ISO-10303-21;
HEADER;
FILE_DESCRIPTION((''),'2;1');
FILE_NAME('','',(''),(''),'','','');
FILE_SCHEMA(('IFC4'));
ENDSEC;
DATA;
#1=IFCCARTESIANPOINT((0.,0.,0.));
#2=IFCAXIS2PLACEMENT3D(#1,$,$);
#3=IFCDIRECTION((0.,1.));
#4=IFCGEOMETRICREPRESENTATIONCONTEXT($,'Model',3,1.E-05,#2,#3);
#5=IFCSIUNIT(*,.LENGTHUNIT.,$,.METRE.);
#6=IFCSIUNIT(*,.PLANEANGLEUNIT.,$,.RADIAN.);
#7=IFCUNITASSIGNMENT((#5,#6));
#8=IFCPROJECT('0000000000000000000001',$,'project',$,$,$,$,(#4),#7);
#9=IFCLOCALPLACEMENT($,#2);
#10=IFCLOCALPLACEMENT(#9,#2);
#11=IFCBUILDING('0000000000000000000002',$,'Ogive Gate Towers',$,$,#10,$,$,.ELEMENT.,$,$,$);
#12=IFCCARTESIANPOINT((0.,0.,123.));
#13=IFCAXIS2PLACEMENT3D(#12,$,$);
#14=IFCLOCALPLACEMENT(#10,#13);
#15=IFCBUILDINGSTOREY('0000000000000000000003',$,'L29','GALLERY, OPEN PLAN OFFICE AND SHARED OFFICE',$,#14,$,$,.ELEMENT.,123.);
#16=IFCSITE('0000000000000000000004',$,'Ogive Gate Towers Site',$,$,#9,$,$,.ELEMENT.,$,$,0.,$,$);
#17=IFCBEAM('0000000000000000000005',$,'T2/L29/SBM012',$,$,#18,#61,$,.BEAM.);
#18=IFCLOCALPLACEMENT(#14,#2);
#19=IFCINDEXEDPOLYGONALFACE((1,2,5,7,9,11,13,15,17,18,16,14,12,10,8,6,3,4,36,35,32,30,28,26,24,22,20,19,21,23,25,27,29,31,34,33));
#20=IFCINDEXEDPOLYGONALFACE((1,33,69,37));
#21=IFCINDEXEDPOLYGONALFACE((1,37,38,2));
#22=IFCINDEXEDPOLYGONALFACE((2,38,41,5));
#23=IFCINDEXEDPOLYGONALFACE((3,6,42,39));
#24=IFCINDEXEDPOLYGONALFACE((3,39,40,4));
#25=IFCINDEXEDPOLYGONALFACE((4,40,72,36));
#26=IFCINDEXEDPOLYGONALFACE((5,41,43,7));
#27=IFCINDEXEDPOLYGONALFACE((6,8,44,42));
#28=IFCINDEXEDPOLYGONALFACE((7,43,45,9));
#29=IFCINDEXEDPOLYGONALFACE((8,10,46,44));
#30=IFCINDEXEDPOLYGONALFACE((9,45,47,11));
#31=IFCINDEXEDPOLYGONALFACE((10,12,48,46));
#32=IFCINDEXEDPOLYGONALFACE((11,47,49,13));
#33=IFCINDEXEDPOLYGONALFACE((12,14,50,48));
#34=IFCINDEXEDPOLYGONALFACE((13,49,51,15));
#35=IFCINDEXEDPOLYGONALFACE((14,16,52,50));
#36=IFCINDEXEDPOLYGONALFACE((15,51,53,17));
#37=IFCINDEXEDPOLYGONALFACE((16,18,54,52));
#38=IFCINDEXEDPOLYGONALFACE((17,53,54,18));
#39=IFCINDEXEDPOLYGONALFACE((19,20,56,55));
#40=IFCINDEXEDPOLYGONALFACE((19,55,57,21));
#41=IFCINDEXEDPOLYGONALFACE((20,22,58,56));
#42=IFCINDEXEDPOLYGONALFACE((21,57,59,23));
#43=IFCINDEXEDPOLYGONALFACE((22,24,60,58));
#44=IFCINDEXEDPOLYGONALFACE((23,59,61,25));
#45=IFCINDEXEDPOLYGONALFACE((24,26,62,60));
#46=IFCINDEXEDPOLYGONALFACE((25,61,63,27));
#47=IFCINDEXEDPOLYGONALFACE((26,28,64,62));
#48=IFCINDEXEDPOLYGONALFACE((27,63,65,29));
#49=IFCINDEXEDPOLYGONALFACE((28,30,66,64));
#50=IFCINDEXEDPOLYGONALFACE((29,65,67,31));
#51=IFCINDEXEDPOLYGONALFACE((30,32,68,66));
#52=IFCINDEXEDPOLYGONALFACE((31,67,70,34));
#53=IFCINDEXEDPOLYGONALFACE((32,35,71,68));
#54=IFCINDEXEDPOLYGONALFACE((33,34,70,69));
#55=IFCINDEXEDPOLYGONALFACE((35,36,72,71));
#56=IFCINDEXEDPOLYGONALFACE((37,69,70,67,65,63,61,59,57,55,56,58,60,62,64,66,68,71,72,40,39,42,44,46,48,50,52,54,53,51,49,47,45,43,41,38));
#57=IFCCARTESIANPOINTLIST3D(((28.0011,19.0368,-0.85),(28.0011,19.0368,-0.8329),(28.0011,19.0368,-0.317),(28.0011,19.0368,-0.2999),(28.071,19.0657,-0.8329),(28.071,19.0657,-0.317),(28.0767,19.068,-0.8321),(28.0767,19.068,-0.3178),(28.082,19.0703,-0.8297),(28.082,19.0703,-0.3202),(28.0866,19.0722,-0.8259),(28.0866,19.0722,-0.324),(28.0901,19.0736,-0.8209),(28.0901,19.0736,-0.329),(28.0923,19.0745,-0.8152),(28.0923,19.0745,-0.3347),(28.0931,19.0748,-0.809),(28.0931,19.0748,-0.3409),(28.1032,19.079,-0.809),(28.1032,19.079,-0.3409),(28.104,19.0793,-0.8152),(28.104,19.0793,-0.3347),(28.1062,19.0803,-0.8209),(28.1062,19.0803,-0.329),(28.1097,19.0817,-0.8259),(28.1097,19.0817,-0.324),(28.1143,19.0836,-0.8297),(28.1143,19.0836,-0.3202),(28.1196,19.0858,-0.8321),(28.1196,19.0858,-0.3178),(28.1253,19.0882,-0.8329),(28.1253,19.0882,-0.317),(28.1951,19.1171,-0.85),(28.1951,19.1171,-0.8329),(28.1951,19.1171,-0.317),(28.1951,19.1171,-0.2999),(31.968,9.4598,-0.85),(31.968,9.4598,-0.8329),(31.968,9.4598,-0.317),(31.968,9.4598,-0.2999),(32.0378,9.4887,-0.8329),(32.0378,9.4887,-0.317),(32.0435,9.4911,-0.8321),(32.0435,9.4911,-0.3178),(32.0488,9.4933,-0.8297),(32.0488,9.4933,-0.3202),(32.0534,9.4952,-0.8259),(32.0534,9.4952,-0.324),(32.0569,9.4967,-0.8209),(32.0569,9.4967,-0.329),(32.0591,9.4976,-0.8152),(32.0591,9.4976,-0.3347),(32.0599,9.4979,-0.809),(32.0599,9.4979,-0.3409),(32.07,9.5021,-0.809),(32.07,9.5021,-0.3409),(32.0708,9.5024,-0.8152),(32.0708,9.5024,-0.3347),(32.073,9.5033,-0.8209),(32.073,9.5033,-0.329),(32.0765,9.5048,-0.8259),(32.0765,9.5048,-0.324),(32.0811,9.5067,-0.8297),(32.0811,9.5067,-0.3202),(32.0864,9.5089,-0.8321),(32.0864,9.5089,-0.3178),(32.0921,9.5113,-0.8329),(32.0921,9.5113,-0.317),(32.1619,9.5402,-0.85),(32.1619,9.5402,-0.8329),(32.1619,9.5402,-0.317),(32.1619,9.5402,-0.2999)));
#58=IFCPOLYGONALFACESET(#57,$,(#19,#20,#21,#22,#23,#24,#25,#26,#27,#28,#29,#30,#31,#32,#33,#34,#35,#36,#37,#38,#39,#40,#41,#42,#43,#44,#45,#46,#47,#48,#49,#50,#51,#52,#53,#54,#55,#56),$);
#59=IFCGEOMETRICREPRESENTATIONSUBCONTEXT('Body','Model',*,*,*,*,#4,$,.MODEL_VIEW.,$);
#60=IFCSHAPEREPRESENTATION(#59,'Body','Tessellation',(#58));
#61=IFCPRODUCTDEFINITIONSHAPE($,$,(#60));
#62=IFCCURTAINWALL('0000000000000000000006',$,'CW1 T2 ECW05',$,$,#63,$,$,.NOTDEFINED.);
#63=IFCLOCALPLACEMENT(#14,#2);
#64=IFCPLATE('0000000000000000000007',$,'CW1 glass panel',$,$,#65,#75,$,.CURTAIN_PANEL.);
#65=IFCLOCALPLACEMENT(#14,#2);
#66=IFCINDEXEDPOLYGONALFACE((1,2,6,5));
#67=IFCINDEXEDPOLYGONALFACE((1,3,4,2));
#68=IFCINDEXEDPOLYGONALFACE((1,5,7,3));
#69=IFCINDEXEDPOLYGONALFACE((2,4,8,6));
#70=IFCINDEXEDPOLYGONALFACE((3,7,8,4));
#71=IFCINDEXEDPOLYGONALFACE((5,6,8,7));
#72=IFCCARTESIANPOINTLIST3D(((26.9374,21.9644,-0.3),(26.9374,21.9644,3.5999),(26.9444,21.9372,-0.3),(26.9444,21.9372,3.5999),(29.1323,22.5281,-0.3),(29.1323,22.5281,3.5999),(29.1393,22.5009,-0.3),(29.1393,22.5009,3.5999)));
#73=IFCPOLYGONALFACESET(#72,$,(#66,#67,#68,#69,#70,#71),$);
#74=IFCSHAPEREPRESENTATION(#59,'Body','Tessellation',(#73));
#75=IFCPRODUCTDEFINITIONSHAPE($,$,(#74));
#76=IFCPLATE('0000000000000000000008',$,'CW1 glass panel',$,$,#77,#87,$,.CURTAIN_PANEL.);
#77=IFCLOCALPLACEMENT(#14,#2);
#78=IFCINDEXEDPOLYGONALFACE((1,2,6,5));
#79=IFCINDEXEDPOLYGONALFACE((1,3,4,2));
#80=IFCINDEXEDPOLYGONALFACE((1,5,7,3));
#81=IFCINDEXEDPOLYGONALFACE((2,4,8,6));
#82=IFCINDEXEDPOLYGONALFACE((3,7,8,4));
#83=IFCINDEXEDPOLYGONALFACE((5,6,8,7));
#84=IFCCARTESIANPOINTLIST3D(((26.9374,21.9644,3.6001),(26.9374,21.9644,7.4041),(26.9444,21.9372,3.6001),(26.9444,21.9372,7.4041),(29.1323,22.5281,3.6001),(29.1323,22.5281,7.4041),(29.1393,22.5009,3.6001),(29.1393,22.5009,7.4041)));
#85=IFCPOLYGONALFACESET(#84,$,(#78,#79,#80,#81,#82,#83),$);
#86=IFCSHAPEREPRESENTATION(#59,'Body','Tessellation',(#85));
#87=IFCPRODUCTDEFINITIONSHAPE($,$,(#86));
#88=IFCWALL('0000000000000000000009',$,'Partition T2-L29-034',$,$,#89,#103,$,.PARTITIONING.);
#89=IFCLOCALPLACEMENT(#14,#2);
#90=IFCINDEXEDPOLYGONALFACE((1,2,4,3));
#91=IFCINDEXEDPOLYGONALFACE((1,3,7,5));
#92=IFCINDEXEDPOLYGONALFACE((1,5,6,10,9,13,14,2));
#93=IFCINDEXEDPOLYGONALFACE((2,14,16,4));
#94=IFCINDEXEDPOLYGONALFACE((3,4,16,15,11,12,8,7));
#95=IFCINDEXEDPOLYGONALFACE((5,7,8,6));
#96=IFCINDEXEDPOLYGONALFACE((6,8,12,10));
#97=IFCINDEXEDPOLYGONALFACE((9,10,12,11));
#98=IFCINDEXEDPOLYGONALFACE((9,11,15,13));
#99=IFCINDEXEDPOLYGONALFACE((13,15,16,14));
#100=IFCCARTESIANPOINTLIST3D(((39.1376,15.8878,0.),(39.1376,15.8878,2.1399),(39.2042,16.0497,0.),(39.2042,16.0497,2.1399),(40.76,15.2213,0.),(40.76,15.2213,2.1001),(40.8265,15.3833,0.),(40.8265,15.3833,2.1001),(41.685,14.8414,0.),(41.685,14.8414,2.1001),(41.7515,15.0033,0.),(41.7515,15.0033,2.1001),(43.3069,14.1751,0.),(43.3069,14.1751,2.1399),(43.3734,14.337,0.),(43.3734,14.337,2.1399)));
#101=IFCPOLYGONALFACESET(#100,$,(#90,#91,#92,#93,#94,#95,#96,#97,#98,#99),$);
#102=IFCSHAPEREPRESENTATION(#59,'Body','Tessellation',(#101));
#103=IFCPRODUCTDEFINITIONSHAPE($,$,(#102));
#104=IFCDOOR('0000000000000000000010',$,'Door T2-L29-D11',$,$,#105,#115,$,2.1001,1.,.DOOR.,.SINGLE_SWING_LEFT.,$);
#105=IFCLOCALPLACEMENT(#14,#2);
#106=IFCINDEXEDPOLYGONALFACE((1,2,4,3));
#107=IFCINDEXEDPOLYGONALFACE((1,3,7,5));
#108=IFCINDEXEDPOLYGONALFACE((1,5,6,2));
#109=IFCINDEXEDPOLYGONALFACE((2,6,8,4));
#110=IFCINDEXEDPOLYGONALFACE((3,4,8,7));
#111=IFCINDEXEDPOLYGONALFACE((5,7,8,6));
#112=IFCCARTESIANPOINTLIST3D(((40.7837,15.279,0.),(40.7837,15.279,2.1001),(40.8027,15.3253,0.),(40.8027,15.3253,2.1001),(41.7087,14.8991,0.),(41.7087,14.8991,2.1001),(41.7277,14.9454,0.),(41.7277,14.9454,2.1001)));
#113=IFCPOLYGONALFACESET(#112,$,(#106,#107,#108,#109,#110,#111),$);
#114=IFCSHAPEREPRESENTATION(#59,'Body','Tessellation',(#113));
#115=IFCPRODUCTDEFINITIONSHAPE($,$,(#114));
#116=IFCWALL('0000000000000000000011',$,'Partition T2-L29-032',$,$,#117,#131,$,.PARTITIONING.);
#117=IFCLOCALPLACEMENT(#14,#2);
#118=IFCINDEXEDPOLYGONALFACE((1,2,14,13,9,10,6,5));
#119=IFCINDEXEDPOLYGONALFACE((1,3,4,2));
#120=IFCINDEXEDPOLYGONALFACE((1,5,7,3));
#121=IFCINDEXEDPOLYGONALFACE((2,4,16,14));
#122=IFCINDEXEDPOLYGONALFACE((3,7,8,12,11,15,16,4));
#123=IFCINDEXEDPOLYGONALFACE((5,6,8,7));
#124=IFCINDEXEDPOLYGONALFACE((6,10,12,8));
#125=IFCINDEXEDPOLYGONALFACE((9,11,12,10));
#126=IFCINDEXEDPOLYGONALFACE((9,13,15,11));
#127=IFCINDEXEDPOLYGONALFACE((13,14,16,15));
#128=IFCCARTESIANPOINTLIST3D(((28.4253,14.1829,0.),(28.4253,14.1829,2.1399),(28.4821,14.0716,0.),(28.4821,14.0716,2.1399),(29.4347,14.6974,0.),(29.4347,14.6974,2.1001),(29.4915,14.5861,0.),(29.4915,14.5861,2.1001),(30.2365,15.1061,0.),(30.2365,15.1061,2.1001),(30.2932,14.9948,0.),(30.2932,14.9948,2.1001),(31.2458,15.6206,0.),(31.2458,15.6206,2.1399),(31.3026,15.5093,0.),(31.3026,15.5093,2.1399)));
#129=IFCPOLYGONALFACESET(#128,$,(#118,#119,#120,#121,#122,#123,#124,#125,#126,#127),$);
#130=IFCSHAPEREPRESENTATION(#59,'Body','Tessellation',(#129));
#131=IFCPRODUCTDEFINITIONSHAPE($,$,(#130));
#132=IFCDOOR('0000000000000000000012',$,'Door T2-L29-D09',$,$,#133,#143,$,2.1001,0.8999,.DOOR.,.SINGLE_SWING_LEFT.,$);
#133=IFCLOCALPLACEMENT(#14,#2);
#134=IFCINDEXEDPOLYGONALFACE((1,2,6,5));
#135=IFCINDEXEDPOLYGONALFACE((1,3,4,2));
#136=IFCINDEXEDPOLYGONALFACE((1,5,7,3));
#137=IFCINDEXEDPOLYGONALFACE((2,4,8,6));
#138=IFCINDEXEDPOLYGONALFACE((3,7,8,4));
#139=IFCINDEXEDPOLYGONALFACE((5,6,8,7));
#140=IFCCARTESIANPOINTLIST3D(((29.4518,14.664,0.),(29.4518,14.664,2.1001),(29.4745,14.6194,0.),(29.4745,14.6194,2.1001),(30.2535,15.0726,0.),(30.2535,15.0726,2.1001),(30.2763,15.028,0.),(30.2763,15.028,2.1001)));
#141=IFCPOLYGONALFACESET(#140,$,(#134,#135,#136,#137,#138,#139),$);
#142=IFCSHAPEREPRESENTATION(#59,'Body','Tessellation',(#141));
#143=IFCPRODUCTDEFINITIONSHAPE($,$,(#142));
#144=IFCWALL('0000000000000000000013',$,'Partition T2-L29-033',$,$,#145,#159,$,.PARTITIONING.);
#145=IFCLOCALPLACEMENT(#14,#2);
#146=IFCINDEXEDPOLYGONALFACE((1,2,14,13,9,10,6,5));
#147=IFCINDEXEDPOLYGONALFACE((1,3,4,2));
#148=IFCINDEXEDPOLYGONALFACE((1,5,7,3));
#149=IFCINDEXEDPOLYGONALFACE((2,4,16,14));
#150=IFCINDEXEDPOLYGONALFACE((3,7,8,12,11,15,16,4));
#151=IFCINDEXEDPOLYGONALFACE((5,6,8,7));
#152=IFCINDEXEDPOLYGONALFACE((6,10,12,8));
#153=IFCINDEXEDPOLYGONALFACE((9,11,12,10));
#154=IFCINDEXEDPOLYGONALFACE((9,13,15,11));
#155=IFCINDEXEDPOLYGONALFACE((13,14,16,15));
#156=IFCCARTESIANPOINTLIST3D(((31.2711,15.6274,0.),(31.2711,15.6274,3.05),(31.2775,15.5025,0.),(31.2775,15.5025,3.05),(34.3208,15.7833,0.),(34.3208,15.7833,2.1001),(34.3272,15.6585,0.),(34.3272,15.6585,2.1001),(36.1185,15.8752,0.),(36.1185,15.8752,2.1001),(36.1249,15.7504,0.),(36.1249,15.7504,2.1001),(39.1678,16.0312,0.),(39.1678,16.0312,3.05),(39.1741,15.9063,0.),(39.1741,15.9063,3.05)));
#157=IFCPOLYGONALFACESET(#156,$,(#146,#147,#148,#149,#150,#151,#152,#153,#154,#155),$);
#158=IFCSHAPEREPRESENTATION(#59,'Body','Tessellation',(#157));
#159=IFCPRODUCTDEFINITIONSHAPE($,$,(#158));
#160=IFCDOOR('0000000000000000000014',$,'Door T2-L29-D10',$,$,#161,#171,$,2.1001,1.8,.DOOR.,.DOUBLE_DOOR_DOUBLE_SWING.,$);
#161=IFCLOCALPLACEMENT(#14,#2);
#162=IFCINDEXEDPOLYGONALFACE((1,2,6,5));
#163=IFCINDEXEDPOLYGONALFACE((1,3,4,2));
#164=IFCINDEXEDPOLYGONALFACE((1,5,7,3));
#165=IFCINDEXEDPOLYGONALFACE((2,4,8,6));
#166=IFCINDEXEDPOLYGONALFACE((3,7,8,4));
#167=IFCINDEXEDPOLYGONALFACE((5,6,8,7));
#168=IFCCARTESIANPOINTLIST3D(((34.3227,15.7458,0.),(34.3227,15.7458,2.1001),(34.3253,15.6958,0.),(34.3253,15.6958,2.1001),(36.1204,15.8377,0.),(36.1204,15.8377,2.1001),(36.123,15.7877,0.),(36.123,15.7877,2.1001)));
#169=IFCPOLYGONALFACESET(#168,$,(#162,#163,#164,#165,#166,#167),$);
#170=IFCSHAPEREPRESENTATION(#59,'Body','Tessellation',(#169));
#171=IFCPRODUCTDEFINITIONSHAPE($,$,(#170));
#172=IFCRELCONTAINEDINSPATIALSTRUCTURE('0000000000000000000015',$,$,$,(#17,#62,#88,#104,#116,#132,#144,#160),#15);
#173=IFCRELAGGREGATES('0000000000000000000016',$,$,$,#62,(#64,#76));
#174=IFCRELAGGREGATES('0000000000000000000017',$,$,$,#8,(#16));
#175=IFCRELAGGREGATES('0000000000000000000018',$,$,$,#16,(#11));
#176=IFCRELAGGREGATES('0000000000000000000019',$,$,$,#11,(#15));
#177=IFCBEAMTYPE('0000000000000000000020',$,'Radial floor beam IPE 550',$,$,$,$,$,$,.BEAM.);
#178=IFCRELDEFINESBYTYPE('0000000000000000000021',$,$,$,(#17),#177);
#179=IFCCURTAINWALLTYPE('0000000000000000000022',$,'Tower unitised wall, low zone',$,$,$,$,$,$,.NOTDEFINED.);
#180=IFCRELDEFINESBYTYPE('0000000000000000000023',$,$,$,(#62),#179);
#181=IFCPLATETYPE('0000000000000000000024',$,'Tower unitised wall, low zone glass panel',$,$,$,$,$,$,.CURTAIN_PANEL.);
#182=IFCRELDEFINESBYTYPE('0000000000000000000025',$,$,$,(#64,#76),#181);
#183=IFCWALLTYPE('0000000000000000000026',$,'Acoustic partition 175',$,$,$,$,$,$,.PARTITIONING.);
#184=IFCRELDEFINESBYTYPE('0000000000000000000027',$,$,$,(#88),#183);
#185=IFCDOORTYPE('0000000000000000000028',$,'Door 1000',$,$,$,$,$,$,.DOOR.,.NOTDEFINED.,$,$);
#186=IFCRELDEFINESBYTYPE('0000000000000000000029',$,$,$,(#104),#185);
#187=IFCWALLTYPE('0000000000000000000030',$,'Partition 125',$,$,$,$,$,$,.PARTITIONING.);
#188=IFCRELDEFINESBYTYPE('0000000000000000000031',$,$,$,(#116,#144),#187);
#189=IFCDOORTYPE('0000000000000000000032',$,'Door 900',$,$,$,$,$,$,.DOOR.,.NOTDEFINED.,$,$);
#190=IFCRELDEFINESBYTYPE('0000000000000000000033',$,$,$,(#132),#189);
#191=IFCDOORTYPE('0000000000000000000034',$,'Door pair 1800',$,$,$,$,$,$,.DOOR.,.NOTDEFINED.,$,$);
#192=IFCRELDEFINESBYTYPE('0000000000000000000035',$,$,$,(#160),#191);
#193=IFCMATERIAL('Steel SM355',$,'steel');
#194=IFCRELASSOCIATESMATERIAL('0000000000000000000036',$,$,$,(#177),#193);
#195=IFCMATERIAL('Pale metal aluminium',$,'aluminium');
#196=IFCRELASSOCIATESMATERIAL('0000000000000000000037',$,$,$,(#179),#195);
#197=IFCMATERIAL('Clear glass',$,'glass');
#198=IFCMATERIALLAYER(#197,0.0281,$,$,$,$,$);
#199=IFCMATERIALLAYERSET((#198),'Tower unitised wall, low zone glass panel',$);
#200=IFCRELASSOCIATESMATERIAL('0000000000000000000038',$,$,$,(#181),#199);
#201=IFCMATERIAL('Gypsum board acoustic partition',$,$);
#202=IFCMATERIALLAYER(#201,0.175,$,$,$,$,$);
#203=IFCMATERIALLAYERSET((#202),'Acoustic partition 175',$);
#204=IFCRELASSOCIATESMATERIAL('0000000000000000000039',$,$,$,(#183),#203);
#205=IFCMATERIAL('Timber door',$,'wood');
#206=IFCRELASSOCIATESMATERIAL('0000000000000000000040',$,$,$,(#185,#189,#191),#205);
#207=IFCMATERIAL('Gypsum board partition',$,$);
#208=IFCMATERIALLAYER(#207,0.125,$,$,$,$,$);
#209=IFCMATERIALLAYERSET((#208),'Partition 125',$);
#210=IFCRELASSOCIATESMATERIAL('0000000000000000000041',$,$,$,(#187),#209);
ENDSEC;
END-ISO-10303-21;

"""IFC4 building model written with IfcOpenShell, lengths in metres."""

from ifc_helpers import new_model, si_unit, direction, frame, frame_2d, origin, origin_2d, place, context, subcontext, project, spatial, rectangle, i_section, extrude, material, layer, layer_set, material_profile, profile_set, type_object, element, fill, aggregate, save


model = new_model("IFC4")

# Units and contexts
model_context = context("Model", 3, precision=1e-05, world=origin(), true_north=direction((0.0, 1.0)))
body_context = subcontext(model_context, "Body", "Model", "MODEL_VIEW")
ifc_project = project(units=[si_unit("LENGTHUNIT", "METRE"), si_unit("PLANEANGLEUNIT", "RADIAN")], contexts=[model_context])

# Site, building, storey
site_placement = place(None, origin())
site = spatial("IfcSite", under=ifc_project, at=site_placement, Name="Ogive Gate Towers Site", CompositionType="ELEMENT", RefElevation=0.0)
building_placement = place(site_placement, origin())
building = spatial("IfcBuilding", under=site, at=building_placement, Name="Ogive Gate Towers", CompositionType="ELEMENT")
storey_placement = place(building_placement, frame((0.0, 0.0, 123.0)))
storey = spatial("IfcBuildingStorey", under=building, at=storey_placement, Name="L29", Description="GALLERY, OPEN PLAN OFFICE AND SHARED OFFICE", CompositionType="ELEMENT", Elevation=123.0)

# Beam
ifc_material_1 = material(Name="Steel SM355", Category="steel")
ifc_material_profile_1 = material_profile(ifc_material_1, i_section(OverallWidth=0.21, OverallDepth=0.55, WebThickness=0.011, FlangeThickness=0.0171, FilletRadius=0.0239, at=origin_2d()), Name="IPE 550")
ifc_profile_set_1 = profile_set([ifc_material_profile_1], Name="Steel SM355")
beam_type_1 = type_object("IfcBeamType", Name="Radial floor beam IPE 550", PredefinedType="BEAM", material=ifc_profile_set_1)
beam_1_placement = place(storey_placement, frame((32.0649, 9.5, -0.575), z_axis=(-0.382676, 0.923882, 0.0), x_axis=(-0.923882, -0.382676, 0.0)))
element("IfcBeam", 1, at=beam_1_placement, inside=storey, type_object=beam_type_1, Name="T2/L29/SBM012", PredefinedType="BEAM", context=body_context, shape_type="SweptSolid", body=[
    extrude(i_section(OverallWidth=0.21, OverallDepth=0.55, WebThickness=0.011, FlangeThickness=0.0171, FilletRadius=0.0239, at=origin_2d()), origin(), (0.0, 0.0, 1.0), 10.366),
])

# Curtain wall, plates
ifc_material_2 = material(Name="Pale metal aluminium", Category="aluminium")
curtain_wall_type = type_object("IfcCurtainWallType", Name="Tower unitised wall, low zone", PredefinedType="NOTDEFINED", material=ifc_material_2)
curtain_wall_placement = place(storey_placement, origin())
curtain_wall = element("IfcCurtainWall", 2, at=curtain_wall_placement, inside=storey, type_object=curtain_wall_type, Name="CW1 T2 ECW05", PredefinedType="NOTDEFINED")
ifc_material_3 = material(Name="Clear glass", Category="glass")
ifc_layer_1 = layer(ifc_material_3, 0.0281)
ifc_layer_set_1 = layer_set([ifc_layer_1], Name="Tower unitised wall, low zone glass panel")
plate_type = type_object("IfcPlateType", Name="Tower unitised wall, low zone glass panel", PredefinedType="CURTAIN_PANEL", material=ifc_layer_set_1)
plate_1_placement = place(storey_placement, frame((28.0383, 22.2327, -0.3), z_axis=(0.0, 0.0, 1.0), x_axis=(0.968561, 0.248774, 0.0)))
plate_1 = element("IfcPlate", 3, at=plate_1_placement, type_object=plate_type, Name="CW1 glass panel", PredefinedType="CURTAIN_PANEL", context=body_context, shape_type="SweptSolid", body=[
    extrude(rectangle(XDim=2.2661, YDim=0.0281, at=origin_2d()), origin(), (0.0, 0.0, 1.0), 3.8999),
])
plate_2_placement = place(storey_placement, frame((28.0383, 22.2327, 3.6001), z_axis=(0.0, 0.0, 1.0), x_axis=(0.968561, 0.248774, 0.0)))
plate_2 = element("IfcPlate", 4, at=plate_2_placement, type_object=plate_type, Name="CW1 glass panel", PredefinedType="CURTAIN_PANEL", context=body_context, shape_type="SweptSolid", body=[
    extrude(rectangle(XDim=2.2661, YDim=0.0281, at=origin_2d()), origin(), (0.0, 0.0, 1.0), 3.804),
])
aggregate(curtain_wall, [plate_1, plate_2])

# Walls, openings, doors
ifc_material_4 = material(Name="Gypsum board acoustic partition")
ifc_layer_2 = layer(ifc_material_4, 0.175)
ifc_layer_set_2 = layer_set([ifc_layer_2], Name="Acoustic partition 175")
wall_type_1 = type_object("IfcWallType", Name="Acoustic partition 175", PredefinedType="PARTITIONING", material=ifc_layer_set_2)
wall_1_placement = place(storey_placement, frame((39.1709, 15.9688, 0.0), z_axis=(0.0, 0.0, 1.0), x_axis=(0.924996, -0.379976, 0.0)))
wall_1 = element("IfcWall", 5, at=wall_1_placement, inside=storey, type_object=wall_type_1, Name="Partition T2-L29-034", PredefinedType="PARTITIONING", context=body_context, shape_type="SweptSolid", body=[
    extrude(rectangle(XDim=4.5073, YDim=0.175, at=frame_2d((2.2537, 0.0))), origin(), (0.0, 0.0, 1.0), 2.1399),
])
opening_1_placement = place(wall_1_placement, frame((1.7539, 0.0, 0.0)))
opening_1 = element("IfcOpeningElement", 6, at=opening_1_placement, cuts=wall_1, PredefinedType="OPENING", context=body_context, shape_type="SweptSolid", body=[
    extrude(rectangle(XDim=1.0, YDim=2.1001, at=frame_2d((0.5, 1.05))), frame((0.0, 0.0977, 0.0), z_axis=(0.0, -1.0, 0.0), x_axis=(1.0, 0.0, 0.0)), (0.0, 0.0, 1.0), 0.1951),
])
ifc_material_5 = material(Name="Timber door", Category="wood")
door_type_1 = type_object("IfcDoorType", Name="Door 1000", OperationType="NOTDEFINED", PredefinedType="DOOR", material=ifc_material_5)
door_1_placement = place(opening_1_placement, origin())
door_1 = element("IfcDoor", 7, at=door_1_placement, inside=storey, type_object=door_type_1, Name="Door T2-L29-D11", OperationType="SINGLE_SWING_LEFT", OverallHeight=2.1001, OverallWidth=1.0, PredefinedType="DOOR", context=body_context, shape_type="SweptSolid", body=[
    extrude(rectangle(XDim=1.0, YDim=2.1001, at=frame_2d((0.5, 1.05))), frame((0.0, 0.0249, 0.0), z_axis=(0.0, -1.0, 0.0), x_axis=(1.0, 0.0, 0.0)), (0.0, 0.0, 1.0), 0.05),
])
fill(opening_1, door_1)
ifc_material_6 = material(Name="Gypsum board partition")
ifc_layer_3 = layer(ifc_material_6, 0.125)
ifc_layer_set_3 = layer_set([ifc_layer_3], Name="Partition 125")
wall_type_2 = type_object("IfcWallType", Name="Partition 125", PredefinedType="PARTITIONING", material=ifc_layer_set_3)
wall_2_placement = place(storey_placement, frame((28.4536, 14.1272, 0.0), z_axis=(0.0, 0.0, 1.0), x_axis=(0.89093, 0.454141, 0.0)))
wall_2 = element("IfcWall", 8, at=wall_2_placement, inside=storey, type_object=wall_type_2, Name="Partition T2-L29-032", PredefinedType="PARTITIONING", context=body_context, shape_type="SweptSolid", body=[
    extrude(rectangle(XDim=3.1658, YDim=0.125, at=frame_2d((1.583, 0.0))), origin(), (0.0, 0.0, 1.0), 2.1399),
])
opening_2_placement = place(wall_2_placement, frame((1.1331, 0.0, 0.0)))
opening_2 = element("IfcOpeningElement", 9, at=opening_2_placement, cuts=wall_2, PredefinedType="OPENING", context=body_context, shape_type="SweptSolid", body=[
    extrude(rectangle(XDim=0.8999, YDim=2.1001, at=frame_2d((0.45, 1.05))), frame((0.0, 0.0725, 0.0), z_axis=(0.0, -1.0, 0.0), x_axis=(1.0, 0.0, 0.0)), (0.0, 0.0, 1.0), 0.145),
])
door_type_2 = type_object("IfcDoorType", Name="Door 900", OperationType="NOTDEFINED", PredefinedType="DOOR", material=ifc_material_5)
door_2_placement = place(opening_2_placement, origin())
door_2 = element("IfcDoor", 10, at=door_2_placement, inside=storey, type_object=door_type_2, Name="Door T2-L29-D09", OperationType="SINGLE_SWING_LEFT", OverallHeight=2.1001, OverallWidth=0.8999, PredefinedType="DOOR", context=body_context, shape_type="SweptSolid", body=[
    extrude(rectangle(XDim=0.8999, YDim=2.1001, at=frame_2d((0.45, 1.05))), frame((0.0, 0.0249, 0.0), z_axis=(0.0, -1.0, 0.0), x_axis=(1.0, 0.0, 0.0)), (0.0, 0.0, 1.0), 0.05),
])
fill(opening_2, door_2)
wall_3_placement = place(storey_placement, frame((31.2742, 15.5649, 0.0), z_axis=(0.0, 0.0, 1.0), x_axis=(0.998695, 0.051069, 0.0)))
wall_3 = element("IfcWall", 11, at=wall_3_placement, inside=storey, type_object=wall_type_2, Name="Partition T2-L29-033", PredefinedType="PARTITIONING", context=body_context, shape_type="SweptSolid", body=[
    extrude(rectangle(XDim=7.907, YDim=0.125, at=frame_2d((3.9536, 0.0))), origin(), (0.0, 0.0, 1.0), 3.05),
])
opening_3_placement = place(wall_3_placement, frame((3.054, 0.0, 0.0)))
opening_3 = element("IfcOpeningElement", 12, at=opening_3_placement, cuts=wall_3, PredefinedType="OPENING", context=body_context, shape_type="SweptSolid", body=[
    extrude(rectangle(XDim=1.8, YDim=2.1001, at=frame_2d((0.8999, 1.05))), frame((0.0, 0.0725, 0.0), z_axis=(0.0, -1.0, 0.0), x_axis=(1.0, 0.0, 0.0)), (0.0, 0.0, 1.0), 0.145),
])
door_type_3 = type_object("IfcDoorType", Name="Door pair 1800", OperationType="NOTDEFINED", PredefinedType="DOOR", material=ifc_material_5)
door_3_placement = place(opening_3_placement, origin())
door_3 = element("IfcDoor", 13, at=door_3_placement, inside=storey, type_object=door_type_3, Name="Door T2-L29-D10", OperationType="DOUBLE_DOOR_DOUBLE_SWING", OverallHeight=2.1001, OverallWidth=1.8, PredefinedType="DOOR", context=body_context, shape_type="SweptSolid", body=[
    extrude(rectangle(XDim=1.8, YDim=2.1001, at=frame_2d((0.8999, 1.05))), frame((0.0, 0.0249, 0.0), z_axis=(0.0, -1.0, 0.0), x_axis=(1.0, 0.0, 0.0)), (0.0, 0.0, 1.0), 0.05),
])
fill(opening_3, door_3)

save(model, "model.ifc")
